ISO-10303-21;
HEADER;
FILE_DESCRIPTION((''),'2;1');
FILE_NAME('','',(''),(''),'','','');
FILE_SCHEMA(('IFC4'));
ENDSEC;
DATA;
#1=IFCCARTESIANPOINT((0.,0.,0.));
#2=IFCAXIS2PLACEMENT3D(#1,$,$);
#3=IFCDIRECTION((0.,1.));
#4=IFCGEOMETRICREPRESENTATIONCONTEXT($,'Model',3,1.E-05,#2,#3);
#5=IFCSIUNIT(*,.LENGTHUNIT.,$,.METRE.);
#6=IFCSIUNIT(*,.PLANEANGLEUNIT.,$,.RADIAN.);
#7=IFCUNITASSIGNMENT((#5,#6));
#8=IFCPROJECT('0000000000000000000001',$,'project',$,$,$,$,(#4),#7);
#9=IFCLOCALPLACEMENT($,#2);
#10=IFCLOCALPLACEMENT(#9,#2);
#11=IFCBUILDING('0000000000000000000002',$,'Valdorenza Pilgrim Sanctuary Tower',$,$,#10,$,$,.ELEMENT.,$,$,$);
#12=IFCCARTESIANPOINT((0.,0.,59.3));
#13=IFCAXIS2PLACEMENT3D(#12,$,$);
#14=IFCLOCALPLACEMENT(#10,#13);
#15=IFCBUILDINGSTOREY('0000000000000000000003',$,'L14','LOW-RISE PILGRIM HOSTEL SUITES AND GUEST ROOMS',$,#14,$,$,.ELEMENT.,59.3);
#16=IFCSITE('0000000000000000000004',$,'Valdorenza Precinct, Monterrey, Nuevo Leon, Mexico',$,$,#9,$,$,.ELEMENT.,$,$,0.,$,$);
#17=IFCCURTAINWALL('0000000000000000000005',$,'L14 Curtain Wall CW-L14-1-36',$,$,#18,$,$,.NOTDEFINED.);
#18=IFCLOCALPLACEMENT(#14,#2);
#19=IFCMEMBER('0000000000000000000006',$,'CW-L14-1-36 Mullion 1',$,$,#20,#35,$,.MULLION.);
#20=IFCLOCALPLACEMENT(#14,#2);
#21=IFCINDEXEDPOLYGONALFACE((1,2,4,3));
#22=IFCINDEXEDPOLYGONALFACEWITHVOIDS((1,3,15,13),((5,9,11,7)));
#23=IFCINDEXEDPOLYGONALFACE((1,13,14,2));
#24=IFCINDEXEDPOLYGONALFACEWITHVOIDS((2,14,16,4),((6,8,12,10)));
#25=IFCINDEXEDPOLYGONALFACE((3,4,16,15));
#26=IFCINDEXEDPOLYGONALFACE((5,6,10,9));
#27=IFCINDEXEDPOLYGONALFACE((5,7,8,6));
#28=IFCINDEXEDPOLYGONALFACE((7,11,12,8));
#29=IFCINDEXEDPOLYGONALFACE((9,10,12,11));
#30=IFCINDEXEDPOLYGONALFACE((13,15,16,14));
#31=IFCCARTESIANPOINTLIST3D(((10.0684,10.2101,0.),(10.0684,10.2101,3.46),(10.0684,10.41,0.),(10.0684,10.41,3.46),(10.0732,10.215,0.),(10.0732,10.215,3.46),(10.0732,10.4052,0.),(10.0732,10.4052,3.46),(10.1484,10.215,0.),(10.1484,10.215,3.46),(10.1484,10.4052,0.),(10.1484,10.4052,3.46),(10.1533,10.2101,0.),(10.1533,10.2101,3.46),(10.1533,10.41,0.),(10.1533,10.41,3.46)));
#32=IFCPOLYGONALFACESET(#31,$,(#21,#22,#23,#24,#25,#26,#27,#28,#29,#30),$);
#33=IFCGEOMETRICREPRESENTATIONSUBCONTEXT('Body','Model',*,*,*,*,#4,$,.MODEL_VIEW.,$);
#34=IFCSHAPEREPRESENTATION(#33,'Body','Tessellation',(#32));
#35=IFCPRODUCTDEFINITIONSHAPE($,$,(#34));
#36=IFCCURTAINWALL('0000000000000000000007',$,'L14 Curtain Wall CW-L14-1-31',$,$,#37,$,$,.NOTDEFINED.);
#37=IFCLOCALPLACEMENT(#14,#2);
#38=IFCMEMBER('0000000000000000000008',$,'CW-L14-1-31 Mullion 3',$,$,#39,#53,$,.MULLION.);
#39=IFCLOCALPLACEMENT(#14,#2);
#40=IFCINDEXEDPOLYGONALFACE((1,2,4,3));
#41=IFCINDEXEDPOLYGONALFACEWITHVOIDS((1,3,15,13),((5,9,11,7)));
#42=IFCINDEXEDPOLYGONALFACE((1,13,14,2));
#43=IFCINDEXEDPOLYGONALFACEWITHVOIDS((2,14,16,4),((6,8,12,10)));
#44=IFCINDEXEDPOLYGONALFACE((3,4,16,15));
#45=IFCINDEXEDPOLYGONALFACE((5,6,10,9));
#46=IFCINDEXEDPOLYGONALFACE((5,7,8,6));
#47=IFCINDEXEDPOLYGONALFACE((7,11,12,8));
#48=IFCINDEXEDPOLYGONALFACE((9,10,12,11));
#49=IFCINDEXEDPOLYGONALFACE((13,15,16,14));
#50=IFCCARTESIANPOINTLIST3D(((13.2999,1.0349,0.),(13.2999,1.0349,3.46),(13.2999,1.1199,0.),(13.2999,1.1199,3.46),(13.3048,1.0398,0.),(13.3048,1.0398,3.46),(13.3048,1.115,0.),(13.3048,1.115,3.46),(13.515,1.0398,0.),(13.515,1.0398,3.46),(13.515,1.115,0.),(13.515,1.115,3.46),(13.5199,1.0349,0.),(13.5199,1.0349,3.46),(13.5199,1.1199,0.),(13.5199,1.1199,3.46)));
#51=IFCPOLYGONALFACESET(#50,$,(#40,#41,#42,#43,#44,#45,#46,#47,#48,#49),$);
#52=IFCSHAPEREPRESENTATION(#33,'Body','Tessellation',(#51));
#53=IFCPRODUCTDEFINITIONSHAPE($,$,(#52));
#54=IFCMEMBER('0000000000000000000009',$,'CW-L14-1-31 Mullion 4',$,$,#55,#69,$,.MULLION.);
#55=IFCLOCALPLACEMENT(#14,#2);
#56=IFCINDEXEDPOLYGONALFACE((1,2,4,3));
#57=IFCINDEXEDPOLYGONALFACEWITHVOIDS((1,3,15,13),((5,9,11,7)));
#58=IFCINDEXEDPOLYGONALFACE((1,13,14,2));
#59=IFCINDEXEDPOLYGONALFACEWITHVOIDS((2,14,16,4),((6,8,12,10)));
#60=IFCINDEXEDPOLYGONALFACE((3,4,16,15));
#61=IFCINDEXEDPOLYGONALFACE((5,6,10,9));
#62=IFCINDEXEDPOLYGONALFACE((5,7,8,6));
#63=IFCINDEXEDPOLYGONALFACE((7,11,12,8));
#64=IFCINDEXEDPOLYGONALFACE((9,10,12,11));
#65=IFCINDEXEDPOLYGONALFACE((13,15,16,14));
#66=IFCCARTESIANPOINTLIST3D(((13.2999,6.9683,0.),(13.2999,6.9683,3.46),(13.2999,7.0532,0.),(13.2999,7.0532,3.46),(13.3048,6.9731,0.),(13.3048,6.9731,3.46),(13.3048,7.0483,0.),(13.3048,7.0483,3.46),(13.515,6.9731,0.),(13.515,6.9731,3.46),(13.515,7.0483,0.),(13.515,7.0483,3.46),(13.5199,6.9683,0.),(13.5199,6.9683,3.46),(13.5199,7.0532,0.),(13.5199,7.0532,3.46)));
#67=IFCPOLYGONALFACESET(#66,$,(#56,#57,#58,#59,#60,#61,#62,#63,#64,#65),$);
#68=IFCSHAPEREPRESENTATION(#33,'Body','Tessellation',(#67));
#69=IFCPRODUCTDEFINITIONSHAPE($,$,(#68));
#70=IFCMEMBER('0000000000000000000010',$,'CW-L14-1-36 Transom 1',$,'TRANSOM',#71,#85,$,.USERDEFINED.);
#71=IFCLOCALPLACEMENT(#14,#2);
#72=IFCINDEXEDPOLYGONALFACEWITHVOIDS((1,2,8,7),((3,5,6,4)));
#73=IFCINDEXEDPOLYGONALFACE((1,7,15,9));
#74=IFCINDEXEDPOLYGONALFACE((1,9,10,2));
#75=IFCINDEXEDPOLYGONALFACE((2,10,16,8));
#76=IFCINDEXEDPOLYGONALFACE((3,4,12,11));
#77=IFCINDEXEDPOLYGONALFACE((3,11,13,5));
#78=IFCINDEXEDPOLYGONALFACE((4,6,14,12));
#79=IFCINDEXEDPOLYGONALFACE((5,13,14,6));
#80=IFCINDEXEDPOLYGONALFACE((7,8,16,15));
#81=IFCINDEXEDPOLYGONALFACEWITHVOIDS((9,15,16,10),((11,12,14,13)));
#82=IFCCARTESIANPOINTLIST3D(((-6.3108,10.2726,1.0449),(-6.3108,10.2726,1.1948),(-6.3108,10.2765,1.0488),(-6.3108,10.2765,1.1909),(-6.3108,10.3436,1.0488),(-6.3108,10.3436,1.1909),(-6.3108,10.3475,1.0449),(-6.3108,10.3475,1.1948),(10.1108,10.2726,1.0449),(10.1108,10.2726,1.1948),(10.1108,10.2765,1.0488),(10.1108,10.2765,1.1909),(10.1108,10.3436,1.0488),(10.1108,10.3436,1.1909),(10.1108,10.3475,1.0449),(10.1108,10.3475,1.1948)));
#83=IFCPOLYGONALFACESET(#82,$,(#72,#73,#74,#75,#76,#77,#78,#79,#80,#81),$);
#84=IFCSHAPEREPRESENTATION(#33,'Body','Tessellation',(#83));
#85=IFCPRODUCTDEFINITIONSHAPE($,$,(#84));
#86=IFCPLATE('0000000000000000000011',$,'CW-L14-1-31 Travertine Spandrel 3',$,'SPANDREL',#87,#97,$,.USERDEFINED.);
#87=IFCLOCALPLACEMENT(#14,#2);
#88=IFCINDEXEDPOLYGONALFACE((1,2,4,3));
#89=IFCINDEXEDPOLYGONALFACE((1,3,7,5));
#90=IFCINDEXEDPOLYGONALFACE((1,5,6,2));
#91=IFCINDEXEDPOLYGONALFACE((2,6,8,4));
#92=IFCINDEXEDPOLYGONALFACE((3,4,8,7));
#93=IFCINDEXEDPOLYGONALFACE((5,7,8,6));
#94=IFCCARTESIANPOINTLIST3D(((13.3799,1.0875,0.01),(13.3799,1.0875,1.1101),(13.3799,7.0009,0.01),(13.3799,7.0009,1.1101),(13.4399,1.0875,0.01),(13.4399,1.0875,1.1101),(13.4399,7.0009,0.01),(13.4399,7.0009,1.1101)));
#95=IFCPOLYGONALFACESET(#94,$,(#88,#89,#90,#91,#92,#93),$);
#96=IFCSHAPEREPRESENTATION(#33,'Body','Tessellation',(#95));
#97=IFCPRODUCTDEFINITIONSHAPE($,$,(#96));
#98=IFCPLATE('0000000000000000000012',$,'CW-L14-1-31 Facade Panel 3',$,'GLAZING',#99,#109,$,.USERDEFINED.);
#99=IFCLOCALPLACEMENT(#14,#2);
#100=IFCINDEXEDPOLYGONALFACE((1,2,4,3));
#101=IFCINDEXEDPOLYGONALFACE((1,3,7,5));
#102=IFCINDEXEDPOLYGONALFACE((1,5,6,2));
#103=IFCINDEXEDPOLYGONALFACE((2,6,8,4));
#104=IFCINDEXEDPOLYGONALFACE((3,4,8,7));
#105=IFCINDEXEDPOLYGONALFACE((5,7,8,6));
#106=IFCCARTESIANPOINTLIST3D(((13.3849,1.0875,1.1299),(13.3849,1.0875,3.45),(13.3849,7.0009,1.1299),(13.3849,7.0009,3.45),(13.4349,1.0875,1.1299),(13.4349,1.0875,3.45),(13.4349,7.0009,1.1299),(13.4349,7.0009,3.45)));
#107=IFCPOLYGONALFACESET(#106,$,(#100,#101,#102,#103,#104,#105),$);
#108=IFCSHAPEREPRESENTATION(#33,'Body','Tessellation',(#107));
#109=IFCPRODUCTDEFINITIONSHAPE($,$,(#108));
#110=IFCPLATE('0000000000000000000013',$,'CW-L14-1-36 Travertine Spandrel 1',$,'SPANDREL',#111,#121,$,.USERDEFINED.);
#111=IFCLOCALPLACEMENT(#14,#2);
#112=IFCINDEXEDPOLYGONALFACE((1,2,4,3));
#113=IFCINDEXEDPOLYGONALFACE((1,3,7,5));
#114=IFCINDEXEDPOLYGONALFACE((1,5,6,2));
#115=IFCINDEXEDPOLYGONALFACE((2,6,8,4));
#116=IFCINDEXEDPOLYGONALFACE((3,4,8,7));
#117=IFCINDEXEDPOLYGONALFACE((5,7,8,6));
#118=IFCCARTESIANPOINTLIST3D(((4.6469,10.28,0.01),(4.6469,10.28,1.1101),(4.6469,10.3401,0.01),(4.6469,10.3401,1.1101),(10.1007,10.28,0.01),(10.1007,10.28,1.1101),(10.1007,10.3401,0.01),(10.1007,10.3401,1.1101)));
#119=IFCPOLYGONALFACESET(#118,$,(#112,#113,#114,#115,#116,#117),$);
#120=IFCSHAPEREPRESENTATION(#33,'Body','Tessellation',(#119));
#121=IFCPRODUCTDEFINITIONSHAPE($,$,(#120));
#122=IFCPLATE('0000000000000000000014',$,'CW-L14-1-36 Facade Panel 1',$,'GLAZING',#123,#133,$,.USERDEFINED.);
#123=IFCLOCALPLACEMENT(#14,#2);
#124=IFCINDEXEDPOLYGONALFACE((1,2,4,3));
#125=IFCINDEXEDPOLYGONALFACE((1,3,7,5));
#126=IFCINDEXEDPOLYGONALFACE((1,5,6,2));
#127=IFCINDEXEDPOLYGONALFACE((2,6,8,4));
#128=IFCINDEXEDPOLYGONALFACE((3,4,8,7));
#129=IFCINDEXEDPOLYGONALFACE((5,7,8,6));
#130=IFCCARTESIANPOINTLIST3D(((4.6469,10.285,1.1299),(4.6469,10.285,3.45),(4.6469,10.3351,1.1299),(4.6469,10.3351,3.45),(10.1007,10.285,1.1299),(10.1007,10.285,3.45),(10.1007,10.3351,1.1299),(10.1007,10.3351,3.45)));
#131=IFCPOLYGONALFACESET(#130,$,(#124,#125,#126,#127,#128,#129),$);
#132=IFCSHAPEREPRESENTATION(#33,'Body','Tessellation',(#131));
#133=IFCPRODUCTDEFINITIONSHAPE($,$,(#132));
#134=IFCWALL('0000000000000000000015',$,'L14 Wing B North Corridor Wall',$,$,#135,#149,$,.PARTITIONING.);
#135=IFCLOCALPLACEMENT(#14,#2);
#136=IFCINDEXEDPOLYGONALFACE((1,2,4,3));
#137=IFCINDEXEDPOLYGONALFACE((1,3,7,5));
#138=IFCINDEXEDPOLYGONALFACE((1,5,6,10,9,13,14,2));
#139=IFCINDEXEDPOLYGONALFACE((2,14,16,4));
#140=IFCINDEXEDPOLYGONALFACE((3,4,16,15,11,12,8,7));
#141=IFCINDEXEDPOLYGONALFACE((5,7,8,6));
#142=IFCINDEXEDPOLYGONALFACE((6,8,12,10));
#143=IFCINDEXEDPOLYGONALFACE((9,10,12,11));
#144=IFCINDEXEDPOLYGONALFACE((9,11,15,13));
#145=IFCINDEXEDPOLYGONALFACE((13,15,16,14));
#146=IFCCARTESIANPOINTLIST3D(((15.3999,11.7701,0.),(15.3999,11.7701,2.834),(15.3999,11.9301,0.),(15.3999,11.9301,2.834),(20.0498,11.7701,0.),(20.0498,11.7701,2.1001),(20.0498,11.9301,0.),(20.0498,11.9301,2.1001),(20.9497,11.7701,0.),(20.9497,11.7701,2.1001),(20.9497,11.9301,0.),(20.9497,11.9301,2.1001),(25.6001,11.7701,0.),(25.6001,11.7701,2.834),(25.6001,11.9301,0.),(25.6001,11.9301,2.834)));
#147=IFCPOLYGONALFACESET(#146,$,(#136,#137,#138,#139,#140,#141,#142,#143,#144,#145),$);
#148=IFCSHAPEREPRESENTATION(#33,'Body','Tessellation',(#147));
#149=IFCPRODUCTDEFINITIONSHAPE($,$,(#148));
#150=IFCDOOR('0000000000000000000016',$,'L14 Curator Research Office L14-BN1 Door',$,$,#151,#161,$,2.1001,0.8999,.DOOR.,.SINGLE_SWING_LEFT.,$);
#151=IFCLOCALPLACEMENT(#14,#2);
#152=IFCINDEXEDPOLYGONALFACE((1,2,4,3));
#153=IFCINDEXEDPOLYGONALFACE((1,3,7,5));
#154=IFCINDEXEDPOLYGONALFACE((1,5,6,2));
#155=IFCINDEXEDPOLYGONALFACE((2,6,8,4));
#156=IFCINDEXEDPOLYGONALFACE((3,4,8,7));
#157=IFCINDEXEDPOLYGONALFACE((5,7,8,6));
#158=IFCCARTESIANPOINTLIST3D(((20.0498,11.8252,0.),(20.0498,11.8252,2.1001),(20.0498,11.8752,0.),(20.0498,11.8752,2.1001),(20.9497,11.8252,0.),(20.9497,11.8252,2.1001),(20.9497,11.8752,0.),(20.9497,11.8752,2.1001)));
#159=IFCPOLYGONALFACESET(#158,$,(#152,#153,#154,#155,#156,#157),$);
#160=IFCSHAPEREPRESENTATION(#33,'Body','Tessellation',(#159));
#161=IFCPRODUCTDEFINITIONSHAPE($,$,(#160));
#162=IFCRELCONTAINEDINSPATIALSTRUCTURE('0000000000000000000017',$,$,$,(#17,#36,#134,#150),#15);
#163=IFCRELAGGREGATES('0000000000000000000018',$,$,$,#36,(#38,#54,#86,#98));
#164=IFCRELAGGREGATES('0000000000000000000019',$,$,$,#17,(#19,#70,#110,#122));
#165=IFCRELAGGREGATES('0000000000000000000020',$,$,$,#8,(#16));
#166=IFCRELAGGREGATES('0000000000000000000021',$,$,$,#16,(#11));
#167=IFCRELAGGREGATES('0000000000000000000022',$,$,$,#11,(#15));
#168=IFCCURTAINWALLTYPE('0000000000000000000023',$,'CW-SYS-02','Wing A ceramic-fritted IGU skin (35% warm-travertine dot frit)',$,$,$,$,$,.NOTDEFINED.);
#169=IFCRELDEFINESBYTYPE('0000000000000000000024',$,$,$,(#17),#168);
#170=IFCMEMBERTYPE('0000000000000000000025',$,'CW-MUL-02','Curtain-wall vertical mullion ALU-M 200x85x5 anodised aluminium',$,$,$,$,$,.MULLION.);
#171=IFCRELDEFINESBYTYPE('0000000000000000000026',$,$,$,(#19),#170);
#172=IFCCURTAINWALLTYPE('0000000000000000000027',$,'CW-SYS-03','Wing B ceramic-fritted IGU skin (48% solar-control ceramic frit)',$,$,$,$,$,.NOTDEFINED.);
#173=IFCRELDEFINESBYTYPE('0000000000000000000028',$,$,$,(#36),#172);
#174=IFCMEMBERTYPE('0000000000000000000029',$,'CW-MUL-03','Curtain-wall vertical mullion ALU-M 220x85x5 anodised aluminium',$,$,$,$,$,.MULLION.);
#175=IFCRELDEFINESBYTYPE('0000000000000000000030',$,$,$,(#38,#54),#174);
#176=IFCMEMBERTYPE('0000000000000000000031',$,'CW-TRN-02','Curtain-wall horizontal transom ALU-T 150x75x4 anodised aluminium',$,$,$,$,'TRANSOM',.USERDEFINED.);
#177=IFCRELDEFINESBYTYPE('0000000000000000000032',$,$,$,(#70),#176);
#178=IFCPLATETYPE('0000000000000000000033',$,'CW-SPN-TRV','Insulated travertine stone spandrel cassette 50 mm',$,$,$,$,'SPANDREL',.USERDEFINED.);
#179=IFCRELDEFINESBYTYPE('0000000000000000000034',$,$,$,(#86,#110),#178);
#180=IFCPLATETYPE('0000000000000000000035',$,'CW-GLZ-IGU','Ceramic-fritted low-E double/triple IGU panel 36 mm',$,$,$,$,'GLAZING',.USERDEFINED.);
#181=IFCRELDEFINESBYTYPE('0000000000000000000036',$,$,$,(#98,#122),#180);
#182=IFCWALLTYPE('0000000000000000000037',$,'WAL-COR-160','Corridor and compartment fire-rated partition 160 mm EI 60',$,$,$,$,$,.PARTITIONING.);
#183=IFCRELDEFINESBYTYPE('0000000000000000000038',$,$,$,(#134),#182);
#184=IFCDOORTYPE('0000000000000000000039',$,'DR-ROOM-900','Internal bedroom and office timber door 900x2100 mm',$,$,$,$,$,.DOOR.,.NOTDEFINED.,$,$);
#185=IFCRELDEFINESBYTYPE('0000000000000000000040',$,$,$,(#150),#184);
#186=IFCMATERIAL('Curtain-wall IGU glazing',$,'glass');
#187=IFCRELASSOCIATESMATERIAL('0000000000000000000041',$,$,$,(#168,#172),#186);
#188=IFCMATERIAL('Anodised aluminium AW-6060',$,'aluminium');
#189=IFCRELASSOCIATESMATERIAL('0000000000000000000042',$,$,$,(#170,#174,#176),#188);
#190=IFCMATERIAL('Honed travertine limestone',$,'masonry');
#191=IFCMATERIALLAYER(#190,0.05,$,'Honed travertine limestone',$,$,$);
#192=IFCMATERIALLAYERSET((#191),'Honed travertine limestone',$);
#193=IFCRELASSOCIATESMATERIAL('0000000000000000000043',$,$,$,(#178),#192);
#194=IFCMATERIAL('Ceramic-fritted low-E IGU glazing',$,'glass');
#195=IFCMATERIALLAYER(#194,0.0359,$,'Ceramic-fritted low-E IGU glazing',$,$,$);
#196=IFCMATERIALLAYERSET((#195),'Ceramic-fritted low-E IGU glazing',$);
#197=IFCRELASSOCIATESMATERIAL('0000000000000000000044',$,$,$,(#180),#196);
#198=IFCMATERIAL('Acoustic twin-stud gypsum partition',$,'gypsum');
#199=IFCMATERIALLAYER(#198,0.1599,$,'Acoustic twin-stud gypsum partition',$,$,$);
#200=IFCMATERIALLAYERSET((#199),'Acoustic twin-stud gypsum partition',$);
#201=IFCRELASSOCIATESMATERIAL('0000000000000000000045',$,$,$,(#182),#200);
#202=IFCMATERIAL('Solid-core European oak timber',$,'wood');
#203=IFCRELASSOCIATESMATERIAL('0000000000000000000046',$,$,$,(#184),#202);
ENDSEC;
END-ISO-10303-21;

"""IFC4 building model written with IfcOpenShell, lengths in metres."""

from ifc_helpers import new_model, si_unit, direction, frame, frame_2d, origin, origin_2d, place, context, subcontext, project, spatial, rectangle, hollow_rectangle, extrude, source, transform, mapped, material, layer, layer_set, material_profile, profile_set, type_object, element, fill, aggregate, save


model = new_model("IFC4")

# Units and contexts
model_context = context("Model", 3, precision=1e-05, world=origin(), true_north=direction((0.0, 1.0)))
body_context = subcontext(model_context, "Body", "Model", "MODEL_VIEW")
ifc_project = project(units=[si_unit("LENGTHUNIT", "METRE"), si_unit("PLANEANGLEUNIT", "RADIAN")], contexts=[model_context])

# Site, building, storey
site_placement = place(None, origin())
site = spatial("IfcSite", under=ifc_project, at=site_placement, Name="Valdorenza Precinct, Monterrey, Nuevo Leon, Mexico", CompositionType="ELEMENT", RefElevation=0.0)
building_placement = place(site_placement, origin())
building = spatial("IfcBuilding", under=site, at=building_placement, Name="Valdorenza Pilgrim Sanctuary Tower", CompositionType="ELEMENT")
storey_placement = place(building_placement, frame((0.0, 0.0, 59.3)))
storey = spatial("IfcBuildingStorey", under=building, at=storey_placement, Name="L14", Description="LOW-RISE PILGRIM HOSTEL SUITES AND GUEST ROOMS", CompositionType="ELEMENT", Elevation=59.3)

# Curtain wall, member
ifc_material_1 = material(Name="Curtain-wall IGU glazing", Category="glass")
curtain_wall_type_1 = type_object("IfcCurtainWallType", Name="CW-SYS-02", Description="Wing A ceramic-fritted IGU skin (35% warm-travertine dot frit)", PredefinedType="NOTDEFINED", material=ifc_material_1)
curtain_wall_1_placement = place(storey_placement, origin())
curtain_wall_1 = element("IfcCurtainWall", 1, at=curtain_wall_1_placement, inside=storey, type_object=curtain_wall_type_1, Name="L14 Curtain Wall CW-L14-1-36", PredefinedType="NOTDEFINED")
ifc_material_2 = material(Name="Anodised aluminium AW-6060", Category="aluminium")
ifc_material_profile_1 = material_profile(ifc_material_2, hollow_rectangle(XDim=0.085, YDim=0.2, WallThickness=0.0049, at=origin_2d()), Name="ALU-M 200x85x5")
ifc_profile_set_1 = profile_set([ifc_material_profile_1], Name="Anodised aluminium AW-6060")
member_type_1 = type_object("IfcMemberType", Name="CW-MUL-02", Description="Curtain-wall vertical mullion ALU-M 200x85x5 anodised aluminium", PredefinedType="MULLION", material=ifc_profile_set_1)
shared_shape_1 = source(origin(), body_context, "Body", "SweptSolid", [
    extrude(hollow_rectangle(XDim=0.085, YDim=0.2, WallThickness=0.0049, at=origin_2d()), origin(), (0.0, 0.0, 1.0), 3.46),
])
member_1_placement = place(storey_placement, frame((10.1108, 10.3101, 0.0), z_axis=(0.0, 0.0, 1.0), x_axis=(-1.0, 0.0, 0.0)))
member_1 = element("IfcMember", 2, at=member_1_placement, type_object=member_type_1, Name="CW-L14-1-36 Mullion 1", PredefinedType="MULLION", context=body_context, shape_type="MappedRepresentation", body=[
    mapped(shared_shape_1, transform((0.0, 0.0, 0.0), x_axis=(1.0, 0.0, 0.0), y_axis=(0.0, 1.0, 0.0), z_axis=(0.0, 0.0, 1.0), scale=1.0)),
])

# Curtain wall, members
curtain_wall_type_2 = type_object("IfcCurtainWallType", Name="CW-SYS-03", Description="Wing B ceramic-fritted IGU skin (48% solar-control ceramic frit)", PredefinedType="NOTDEFINED", material=ifc_material_1)
curtain_wall_2_placement = place(storey_placement, origin())
curtain_wall_2 = element("IfcCurtainWall", 3, at=curtain_wall_2_placement, inside=storey, type_object=curtain_wall_type_2, Name="L14 Curtain Wall CW-L14-1-31", PredefinedType="NOTDEFINED")
ifc_material_profile_2 = material_profile(ifc_material_2, hollow_rectangle(XDim=0.085, YDim=0.22, WallThickness=0.0049, at=origin_2d()), Name="ALU-M 220x85x5")
ifc_profile_set_2 = profile_set([ifc_material_profile_2], Name="Anodised aluminium AW-6060")
member_type_2 = type_object("IfcMemberType", Name="CW-MUL-03", Description="Curtain-wall vertical mullion ALU-M 220x85x5 anodised aluminium", PredefinedType="MULLION", material=ifc_profile_set_2)
shared_shape_2 = source(origin(), body_context, "Body", "SweptSolid", [
    extrude(hollow_rectangle(XDim=0.085, YDim=0.22, WallThickness=0.0049, at=origin_2d()), origin(), (0.0, 0.0, 1.0), 3.46),
])
member_2_placement = place(storey_placement, frame((13.4099, 1.0774, 0.0), z_axis=(0.0, 0.0, 1.0), x_axis=(0.0, 1.0, 0.0)))
member_2 = element("IfcMember", 4, at=member_2_placement, type_object=member_type_2, Name="CW-L14-1-31 Mullion 3", PredefinedType="MULLION", context=body_context, shape_type="MappedRepresentation", body=[
    mapped(shared_shape_2, transform((0.0, 0.0, 0.0), x_axis=(1.0, 0.0, 0.0), y_axis=(0.0, 1.0, 0.0), z_axis=(0.0, 0.0, 1.0), scale=1.0)),
])
member_3_placement = place(storey_placement, frame((13.4099, 7.0107, 0.0), z_axis=(0.0, 0.0, 1.0), x_axis=(0.0, 1.0, 0.0)))
member_3 = element("IfcMember", 5, at=member_3_placement, type_object=member_type_2, Name="CW-L14-1-31 Mullion 4", PredefinedType="MULLION", context=body_context, shape_type="MappedRepresentation", body=[
    mapped(shared_shape_2, transform((0.0, 0.0, 0.0), x_axis=(1.0, 0.0, 0.0), y_axis=(0.0, 1.0, 0.0), z_axis=(0.0, 0.0, 1.0), scale=1.0)),
])

# Member
ifc_material_profile_3 = material_profile(ifc_material_2, hollow_rectangle(XDim=0.075, YDim=0.1499, WallThickness=0.0039, at=origin_2d()), Name="ALU-T 150x75x4")
ifc_profile_set_3 = profile_set([ifc_material_profile_3], Name="Anodised aluminium AW-6060")
member_type_3 = type_object("IfcMemberType", Name="CW-TRN-02", Description="Curtain-wall horizontal transom ALU-T 150x75x4 anodised aluminium", ElementType="TRANSOM", PredefinedType="USERDEFINED", material=ifc_profile_set_3)
shared_shape_3 = source(origin(), body_context, "Body", "SweptSolid", [
    extrude(hollow_rectangle(XDim=0.075, YDim=0.1499, WallThickness=0.0039, at=origin_2d()), origin(), (0.0, 0.0, 1.0), 16.4216),
])
member_4_placement = place(storey_placement, frame((10.1108, 10.3101, 1.1199), z_axis=(-1.0, 0.0, 0.0), x_axis=(0.0, -1.0, 0.0)))
member_4 = element("IfcMember", 6, at=member_4_placement, type_object=member_type_3, Name="CW-L14-1-36 Transom 1", ObjectType="TRANSOM", PredefinedType="USERDEFINED", context=body_context, shape_type="MappedRepresentation", body=[
    mapped(shared_shape_3, transform((0.0, 0.0, 0.0), x_axis=(1.0, 0.0, 0.0), y_axis=(0.0, 1.0, 0.0), z_axis=(0.0, 0.0, 1.0), scale=1.0)),
])

# Plates
ifc_material_3 = material(Name="Honed travertine limestone", Category="masonry")
ifc_layer_1 = layer(ifc_material_3, 0.05, Name="Honed travertine limestone")
ifc_layer_set_1 = layer_set([ifc_layer_1], Name="Honed travertine limestone")
plate_type_1 = type_object("IfcPlateType", Name="CW-SPN-TRV", Description="Insulated travertine stone spandrel cassette 50 mm", ElementType="SPANDREL", PredefinedType="USERDEFINED", material=ifc_layer_set_1)
shared_shape_4 = source(origin(), body_context, "Body", "SweptSolid", [
    extrude(rectangle(XDim=5.9133, YDim=0.0601, at=origin_2d()), origin(), (0.0, 0.0, 1.0), 1.1001),
])
plate_1_placement = place(storey_placement, frame((13.4099, 4.0442, 0.01), z_axis=(0.0, 0.0, 1.0), x_axis=(0.0, 1.0, 0.0)))
plate_1 = element("IfcPlate", 7, at=plate_1_placement, type_object=plate_type_1, Name="CW-L14-1-31 Travertine Spandrel 3", ObjectType="SPANDREL", PredefinedType="USERDEFINED", context=body_context, shape_type="MappedRepresentation", body=[
    mapped(shared_shape_4, transform((0.0, 0.0, 0.0), x_axis=(1.0, 0.0, 0.0), y_axis=(0.0, 1.0, 0.0), z_axis=(0.0, 0.0, 1.0), scale=1.0)),
])
ifc_material_4 = material(Name="Ceramic-fritted low-E IGU glazing", Category="glass")
ifc_layer_2 = layer(ifc_material_4, 0.0359, Name="Ceramic-fritted low-E IGU glazing")
ifc_layer_set_2 = layer_set([ifc_layer_2], Name="Ceramic-fritted low-E IGU glazing")
plate_type_2 = type_object("IfcPlateType", Name="CW-GLZ-IGU", Description="Ceramic-fritted low-E double/triple IGU panel 36 mm", ElementType="GLAZING", PredefinedType="USERDEFINED", material=ifc_layer_set_2)
shared_shape_5 = source(origin(), body_context, "Body", "SweptSolid", [
    extrude(rectangle(XDim=5.9133, YDim=0.05, at=origin_2d()), origin(), (0.0, 0.0, 1.0), 2.3201),
])
plate_2_placement = place(storey_placement, frame((13.4099, 4.0442, 1.1299), z_axis=(0.0, 0.0, 1.0), x_axis=(0.0, 1.0, 0.0)))
plate_2 = element("IfcPlate", 8, at=plate_2_placement, type_object=plate_type_2, Name="CW-L14-1-31 Facade Panel 3", ObjectType="GLAZING", PredefinedType="USERDEFINED", context=body_context, shape_type="MappedRepresentation", body=[
    mapped(shared_shape_5, transform((0.0, 0.0, 0.0), x_axis=(1.0, 0.0, 0.0), y_axis=(0.0, 1.0, 0.0), z_axis=(0.0, 0.0, 1.0), scale=1.0)),
])
aggregate(curtain_wall_2, [member_2, member_3, plate_1, plate_2])
shared_shape_6 = source(origin(), body_context, "Body", "SweptSolid", [
    extrude(rectangle(XDim=5.4539, YDim=0.0601, at=origin_2d()), origin(), (0.0, 0.0, 1.0), 1.1001),
])
plate_3_placement = place(storey_placement, frame((7.3738, 10.3101, 0.01), z_axis=(0.0, 0.0, 1.0), x_axis=(-1.0, 0.0, 0.0)))
plate_3 = element("IfcPlate", 9, at=plate_3_placement, type_object=plate_type_1, Name="CW-L14-1-36 Travertine Spandrel 1", ObjectType="SPANDREL", PredefinedType="USERDEFINED", context=body_context, shape_type="MappedRepresentation", body=[
    mapped(shared_shape_6, transform((0.0, 0.0, 0.0), x_axis=(1.0, 0.0, 0.0), y_axis=(0.0, 1.0, 0.0), z_axis=(0.0, 0.0, 1.0), scale=1.0)),
])
shared_shape_7 = source(origin(), body_context, "Body", "SweptSolid", [
    extrude(rectangle(XDim=5.4539, YDim=0.05, at=origin_2d()), origin(), (0.0, 0.0, 1.0), 2.3201),
])
plate_4_placement = place(storey_placement, frame((7.3738, 10.3101, 1.1299), z_axis=(0.0, 0.0, 1.0), x_axis=(-1.0, 0.0, 0.0)))
plate_4 = element("IfcPlate", 10, at=plate_4_placement, type_object=plate_type_2, Name="CW-L14-1-36 Facade Panel 1", ObjectType="GLAZING", PredefinedType="USERDEFINED", context=body_context, shape_type="MappedRepresentation", body=[
    mapped(shared_shape_7, transform((0.0, 0.0, 0.0), x_axis=(1.0, 0.0, 0.0), y_axis=(0.0, 1.0, 0.0), z_axis=(0.0, 0.0, 1.0), scale=1.0)),
])
aggregate(curtain_wall_1, [member_1, member_4, plate_3, plate_4])

# Wall, opening, door
ifc_material_5 = material(Name="Acoustic twin-stud gypsum partition", Category="gypsum")
ifc_layer_3 = layer(ifc_material_5, 0.1599, Name="Acoustic twin-stud gypsum partition")
ifc_layer_set_3 = layer_set([ifc_layer_3], Name="Acoustic twin-stud gypsum partition")
wall_type_1 = type_object("IfcWallType", Name="WAL-COR-160", Description="Corridor and compartment fire-rated partition 160 mm EI 60", PredefinedType="PARTITIONING", material=ifc_layer_set_3)
wall_1_placement = place(storey_placement, frame((15.3999, 11.8501, 0.0), z_axis=(0.0, 0.0, 1.0), x_axis=(1.0, 0.0, 0.0)))
wall_1 = element("IfcWall", 11, at=wall_1_placement, inside=storey, type_object=wall_type_1, Name="L14 Wing B North Corridor Wall", PredefinedType="PARTITIONING", context=body_context, shape_type="SweptSolid", body=[
    extrude(rectangle(XDim=10.2002, YDim=0.1599, at=frame_2d((5.1001, 0.0))), origin(), (0.0, 0.0, 1.0), 2.834),
])
opening_1_placement = place(wall_1_placement, frame((4.6499, 0.0, 0.0)))
opening_1 = element("IfcOpeningElement", 12, at=opening_1_placement, cuts=wall_1, PredefinedType="OPENING", context=body_context, shape_type="SweptSolid", body=[
    extrude(rectangle(XDim=0.8999, YDim=2.1001, at=frame_2d((0.45, 1.05))), frame((0.0, 0.0947, 0.0), z_axis=(0.0, -1.0, 0.0), x_axis=(1.0, 0.0, 0.0)), (0.0, 0.0, 1.0), 0.1897),
])
ifc_material_6 = material(Name="Solid-core European oak timber", Category="wood")
door_type = type_object("IfcDoorType", Name="DR-ROOM-900", Description="Internal bedroom and office timber door 900x2100 mm", OperationType="NOTDEFINED", PredefinedType="DOOR", material=ifc_material_6)
door_1_placement = place(opening_1_placement, frame((0.8999, 0.0, 0.0), z_axis=(0.0, 0.0, 1.0), x_axis=(-1.0, 0.0, 0.0)))
door_1 = element("IfcDoor", 13, at=door_1_placement, inside=storey, type_object=door_type, Name="L14 Curator Research Office L14-BN1 Door", OperationType="SINGLE_SWING_LEFT", OverallHeight=2.1001, OverallWidth=0.8999, PredefinedType="DOOR", context=body_context, shape_type="SweptSolid", body=[
    extrude(rectangle(XDim=0.8999, YDim=2.1001, at=frame_2d((0.45, 1.05))), frame((0.0, 0.0249, 0.0), z_axis=(0.0, -1.0, 0.0), x_axis=(1.0, 0.0, 0.0)), (0.0, 0.0, 1.0), 0.05),
])
fill(opening_1, door_1)

save(model, "model.ifc")
